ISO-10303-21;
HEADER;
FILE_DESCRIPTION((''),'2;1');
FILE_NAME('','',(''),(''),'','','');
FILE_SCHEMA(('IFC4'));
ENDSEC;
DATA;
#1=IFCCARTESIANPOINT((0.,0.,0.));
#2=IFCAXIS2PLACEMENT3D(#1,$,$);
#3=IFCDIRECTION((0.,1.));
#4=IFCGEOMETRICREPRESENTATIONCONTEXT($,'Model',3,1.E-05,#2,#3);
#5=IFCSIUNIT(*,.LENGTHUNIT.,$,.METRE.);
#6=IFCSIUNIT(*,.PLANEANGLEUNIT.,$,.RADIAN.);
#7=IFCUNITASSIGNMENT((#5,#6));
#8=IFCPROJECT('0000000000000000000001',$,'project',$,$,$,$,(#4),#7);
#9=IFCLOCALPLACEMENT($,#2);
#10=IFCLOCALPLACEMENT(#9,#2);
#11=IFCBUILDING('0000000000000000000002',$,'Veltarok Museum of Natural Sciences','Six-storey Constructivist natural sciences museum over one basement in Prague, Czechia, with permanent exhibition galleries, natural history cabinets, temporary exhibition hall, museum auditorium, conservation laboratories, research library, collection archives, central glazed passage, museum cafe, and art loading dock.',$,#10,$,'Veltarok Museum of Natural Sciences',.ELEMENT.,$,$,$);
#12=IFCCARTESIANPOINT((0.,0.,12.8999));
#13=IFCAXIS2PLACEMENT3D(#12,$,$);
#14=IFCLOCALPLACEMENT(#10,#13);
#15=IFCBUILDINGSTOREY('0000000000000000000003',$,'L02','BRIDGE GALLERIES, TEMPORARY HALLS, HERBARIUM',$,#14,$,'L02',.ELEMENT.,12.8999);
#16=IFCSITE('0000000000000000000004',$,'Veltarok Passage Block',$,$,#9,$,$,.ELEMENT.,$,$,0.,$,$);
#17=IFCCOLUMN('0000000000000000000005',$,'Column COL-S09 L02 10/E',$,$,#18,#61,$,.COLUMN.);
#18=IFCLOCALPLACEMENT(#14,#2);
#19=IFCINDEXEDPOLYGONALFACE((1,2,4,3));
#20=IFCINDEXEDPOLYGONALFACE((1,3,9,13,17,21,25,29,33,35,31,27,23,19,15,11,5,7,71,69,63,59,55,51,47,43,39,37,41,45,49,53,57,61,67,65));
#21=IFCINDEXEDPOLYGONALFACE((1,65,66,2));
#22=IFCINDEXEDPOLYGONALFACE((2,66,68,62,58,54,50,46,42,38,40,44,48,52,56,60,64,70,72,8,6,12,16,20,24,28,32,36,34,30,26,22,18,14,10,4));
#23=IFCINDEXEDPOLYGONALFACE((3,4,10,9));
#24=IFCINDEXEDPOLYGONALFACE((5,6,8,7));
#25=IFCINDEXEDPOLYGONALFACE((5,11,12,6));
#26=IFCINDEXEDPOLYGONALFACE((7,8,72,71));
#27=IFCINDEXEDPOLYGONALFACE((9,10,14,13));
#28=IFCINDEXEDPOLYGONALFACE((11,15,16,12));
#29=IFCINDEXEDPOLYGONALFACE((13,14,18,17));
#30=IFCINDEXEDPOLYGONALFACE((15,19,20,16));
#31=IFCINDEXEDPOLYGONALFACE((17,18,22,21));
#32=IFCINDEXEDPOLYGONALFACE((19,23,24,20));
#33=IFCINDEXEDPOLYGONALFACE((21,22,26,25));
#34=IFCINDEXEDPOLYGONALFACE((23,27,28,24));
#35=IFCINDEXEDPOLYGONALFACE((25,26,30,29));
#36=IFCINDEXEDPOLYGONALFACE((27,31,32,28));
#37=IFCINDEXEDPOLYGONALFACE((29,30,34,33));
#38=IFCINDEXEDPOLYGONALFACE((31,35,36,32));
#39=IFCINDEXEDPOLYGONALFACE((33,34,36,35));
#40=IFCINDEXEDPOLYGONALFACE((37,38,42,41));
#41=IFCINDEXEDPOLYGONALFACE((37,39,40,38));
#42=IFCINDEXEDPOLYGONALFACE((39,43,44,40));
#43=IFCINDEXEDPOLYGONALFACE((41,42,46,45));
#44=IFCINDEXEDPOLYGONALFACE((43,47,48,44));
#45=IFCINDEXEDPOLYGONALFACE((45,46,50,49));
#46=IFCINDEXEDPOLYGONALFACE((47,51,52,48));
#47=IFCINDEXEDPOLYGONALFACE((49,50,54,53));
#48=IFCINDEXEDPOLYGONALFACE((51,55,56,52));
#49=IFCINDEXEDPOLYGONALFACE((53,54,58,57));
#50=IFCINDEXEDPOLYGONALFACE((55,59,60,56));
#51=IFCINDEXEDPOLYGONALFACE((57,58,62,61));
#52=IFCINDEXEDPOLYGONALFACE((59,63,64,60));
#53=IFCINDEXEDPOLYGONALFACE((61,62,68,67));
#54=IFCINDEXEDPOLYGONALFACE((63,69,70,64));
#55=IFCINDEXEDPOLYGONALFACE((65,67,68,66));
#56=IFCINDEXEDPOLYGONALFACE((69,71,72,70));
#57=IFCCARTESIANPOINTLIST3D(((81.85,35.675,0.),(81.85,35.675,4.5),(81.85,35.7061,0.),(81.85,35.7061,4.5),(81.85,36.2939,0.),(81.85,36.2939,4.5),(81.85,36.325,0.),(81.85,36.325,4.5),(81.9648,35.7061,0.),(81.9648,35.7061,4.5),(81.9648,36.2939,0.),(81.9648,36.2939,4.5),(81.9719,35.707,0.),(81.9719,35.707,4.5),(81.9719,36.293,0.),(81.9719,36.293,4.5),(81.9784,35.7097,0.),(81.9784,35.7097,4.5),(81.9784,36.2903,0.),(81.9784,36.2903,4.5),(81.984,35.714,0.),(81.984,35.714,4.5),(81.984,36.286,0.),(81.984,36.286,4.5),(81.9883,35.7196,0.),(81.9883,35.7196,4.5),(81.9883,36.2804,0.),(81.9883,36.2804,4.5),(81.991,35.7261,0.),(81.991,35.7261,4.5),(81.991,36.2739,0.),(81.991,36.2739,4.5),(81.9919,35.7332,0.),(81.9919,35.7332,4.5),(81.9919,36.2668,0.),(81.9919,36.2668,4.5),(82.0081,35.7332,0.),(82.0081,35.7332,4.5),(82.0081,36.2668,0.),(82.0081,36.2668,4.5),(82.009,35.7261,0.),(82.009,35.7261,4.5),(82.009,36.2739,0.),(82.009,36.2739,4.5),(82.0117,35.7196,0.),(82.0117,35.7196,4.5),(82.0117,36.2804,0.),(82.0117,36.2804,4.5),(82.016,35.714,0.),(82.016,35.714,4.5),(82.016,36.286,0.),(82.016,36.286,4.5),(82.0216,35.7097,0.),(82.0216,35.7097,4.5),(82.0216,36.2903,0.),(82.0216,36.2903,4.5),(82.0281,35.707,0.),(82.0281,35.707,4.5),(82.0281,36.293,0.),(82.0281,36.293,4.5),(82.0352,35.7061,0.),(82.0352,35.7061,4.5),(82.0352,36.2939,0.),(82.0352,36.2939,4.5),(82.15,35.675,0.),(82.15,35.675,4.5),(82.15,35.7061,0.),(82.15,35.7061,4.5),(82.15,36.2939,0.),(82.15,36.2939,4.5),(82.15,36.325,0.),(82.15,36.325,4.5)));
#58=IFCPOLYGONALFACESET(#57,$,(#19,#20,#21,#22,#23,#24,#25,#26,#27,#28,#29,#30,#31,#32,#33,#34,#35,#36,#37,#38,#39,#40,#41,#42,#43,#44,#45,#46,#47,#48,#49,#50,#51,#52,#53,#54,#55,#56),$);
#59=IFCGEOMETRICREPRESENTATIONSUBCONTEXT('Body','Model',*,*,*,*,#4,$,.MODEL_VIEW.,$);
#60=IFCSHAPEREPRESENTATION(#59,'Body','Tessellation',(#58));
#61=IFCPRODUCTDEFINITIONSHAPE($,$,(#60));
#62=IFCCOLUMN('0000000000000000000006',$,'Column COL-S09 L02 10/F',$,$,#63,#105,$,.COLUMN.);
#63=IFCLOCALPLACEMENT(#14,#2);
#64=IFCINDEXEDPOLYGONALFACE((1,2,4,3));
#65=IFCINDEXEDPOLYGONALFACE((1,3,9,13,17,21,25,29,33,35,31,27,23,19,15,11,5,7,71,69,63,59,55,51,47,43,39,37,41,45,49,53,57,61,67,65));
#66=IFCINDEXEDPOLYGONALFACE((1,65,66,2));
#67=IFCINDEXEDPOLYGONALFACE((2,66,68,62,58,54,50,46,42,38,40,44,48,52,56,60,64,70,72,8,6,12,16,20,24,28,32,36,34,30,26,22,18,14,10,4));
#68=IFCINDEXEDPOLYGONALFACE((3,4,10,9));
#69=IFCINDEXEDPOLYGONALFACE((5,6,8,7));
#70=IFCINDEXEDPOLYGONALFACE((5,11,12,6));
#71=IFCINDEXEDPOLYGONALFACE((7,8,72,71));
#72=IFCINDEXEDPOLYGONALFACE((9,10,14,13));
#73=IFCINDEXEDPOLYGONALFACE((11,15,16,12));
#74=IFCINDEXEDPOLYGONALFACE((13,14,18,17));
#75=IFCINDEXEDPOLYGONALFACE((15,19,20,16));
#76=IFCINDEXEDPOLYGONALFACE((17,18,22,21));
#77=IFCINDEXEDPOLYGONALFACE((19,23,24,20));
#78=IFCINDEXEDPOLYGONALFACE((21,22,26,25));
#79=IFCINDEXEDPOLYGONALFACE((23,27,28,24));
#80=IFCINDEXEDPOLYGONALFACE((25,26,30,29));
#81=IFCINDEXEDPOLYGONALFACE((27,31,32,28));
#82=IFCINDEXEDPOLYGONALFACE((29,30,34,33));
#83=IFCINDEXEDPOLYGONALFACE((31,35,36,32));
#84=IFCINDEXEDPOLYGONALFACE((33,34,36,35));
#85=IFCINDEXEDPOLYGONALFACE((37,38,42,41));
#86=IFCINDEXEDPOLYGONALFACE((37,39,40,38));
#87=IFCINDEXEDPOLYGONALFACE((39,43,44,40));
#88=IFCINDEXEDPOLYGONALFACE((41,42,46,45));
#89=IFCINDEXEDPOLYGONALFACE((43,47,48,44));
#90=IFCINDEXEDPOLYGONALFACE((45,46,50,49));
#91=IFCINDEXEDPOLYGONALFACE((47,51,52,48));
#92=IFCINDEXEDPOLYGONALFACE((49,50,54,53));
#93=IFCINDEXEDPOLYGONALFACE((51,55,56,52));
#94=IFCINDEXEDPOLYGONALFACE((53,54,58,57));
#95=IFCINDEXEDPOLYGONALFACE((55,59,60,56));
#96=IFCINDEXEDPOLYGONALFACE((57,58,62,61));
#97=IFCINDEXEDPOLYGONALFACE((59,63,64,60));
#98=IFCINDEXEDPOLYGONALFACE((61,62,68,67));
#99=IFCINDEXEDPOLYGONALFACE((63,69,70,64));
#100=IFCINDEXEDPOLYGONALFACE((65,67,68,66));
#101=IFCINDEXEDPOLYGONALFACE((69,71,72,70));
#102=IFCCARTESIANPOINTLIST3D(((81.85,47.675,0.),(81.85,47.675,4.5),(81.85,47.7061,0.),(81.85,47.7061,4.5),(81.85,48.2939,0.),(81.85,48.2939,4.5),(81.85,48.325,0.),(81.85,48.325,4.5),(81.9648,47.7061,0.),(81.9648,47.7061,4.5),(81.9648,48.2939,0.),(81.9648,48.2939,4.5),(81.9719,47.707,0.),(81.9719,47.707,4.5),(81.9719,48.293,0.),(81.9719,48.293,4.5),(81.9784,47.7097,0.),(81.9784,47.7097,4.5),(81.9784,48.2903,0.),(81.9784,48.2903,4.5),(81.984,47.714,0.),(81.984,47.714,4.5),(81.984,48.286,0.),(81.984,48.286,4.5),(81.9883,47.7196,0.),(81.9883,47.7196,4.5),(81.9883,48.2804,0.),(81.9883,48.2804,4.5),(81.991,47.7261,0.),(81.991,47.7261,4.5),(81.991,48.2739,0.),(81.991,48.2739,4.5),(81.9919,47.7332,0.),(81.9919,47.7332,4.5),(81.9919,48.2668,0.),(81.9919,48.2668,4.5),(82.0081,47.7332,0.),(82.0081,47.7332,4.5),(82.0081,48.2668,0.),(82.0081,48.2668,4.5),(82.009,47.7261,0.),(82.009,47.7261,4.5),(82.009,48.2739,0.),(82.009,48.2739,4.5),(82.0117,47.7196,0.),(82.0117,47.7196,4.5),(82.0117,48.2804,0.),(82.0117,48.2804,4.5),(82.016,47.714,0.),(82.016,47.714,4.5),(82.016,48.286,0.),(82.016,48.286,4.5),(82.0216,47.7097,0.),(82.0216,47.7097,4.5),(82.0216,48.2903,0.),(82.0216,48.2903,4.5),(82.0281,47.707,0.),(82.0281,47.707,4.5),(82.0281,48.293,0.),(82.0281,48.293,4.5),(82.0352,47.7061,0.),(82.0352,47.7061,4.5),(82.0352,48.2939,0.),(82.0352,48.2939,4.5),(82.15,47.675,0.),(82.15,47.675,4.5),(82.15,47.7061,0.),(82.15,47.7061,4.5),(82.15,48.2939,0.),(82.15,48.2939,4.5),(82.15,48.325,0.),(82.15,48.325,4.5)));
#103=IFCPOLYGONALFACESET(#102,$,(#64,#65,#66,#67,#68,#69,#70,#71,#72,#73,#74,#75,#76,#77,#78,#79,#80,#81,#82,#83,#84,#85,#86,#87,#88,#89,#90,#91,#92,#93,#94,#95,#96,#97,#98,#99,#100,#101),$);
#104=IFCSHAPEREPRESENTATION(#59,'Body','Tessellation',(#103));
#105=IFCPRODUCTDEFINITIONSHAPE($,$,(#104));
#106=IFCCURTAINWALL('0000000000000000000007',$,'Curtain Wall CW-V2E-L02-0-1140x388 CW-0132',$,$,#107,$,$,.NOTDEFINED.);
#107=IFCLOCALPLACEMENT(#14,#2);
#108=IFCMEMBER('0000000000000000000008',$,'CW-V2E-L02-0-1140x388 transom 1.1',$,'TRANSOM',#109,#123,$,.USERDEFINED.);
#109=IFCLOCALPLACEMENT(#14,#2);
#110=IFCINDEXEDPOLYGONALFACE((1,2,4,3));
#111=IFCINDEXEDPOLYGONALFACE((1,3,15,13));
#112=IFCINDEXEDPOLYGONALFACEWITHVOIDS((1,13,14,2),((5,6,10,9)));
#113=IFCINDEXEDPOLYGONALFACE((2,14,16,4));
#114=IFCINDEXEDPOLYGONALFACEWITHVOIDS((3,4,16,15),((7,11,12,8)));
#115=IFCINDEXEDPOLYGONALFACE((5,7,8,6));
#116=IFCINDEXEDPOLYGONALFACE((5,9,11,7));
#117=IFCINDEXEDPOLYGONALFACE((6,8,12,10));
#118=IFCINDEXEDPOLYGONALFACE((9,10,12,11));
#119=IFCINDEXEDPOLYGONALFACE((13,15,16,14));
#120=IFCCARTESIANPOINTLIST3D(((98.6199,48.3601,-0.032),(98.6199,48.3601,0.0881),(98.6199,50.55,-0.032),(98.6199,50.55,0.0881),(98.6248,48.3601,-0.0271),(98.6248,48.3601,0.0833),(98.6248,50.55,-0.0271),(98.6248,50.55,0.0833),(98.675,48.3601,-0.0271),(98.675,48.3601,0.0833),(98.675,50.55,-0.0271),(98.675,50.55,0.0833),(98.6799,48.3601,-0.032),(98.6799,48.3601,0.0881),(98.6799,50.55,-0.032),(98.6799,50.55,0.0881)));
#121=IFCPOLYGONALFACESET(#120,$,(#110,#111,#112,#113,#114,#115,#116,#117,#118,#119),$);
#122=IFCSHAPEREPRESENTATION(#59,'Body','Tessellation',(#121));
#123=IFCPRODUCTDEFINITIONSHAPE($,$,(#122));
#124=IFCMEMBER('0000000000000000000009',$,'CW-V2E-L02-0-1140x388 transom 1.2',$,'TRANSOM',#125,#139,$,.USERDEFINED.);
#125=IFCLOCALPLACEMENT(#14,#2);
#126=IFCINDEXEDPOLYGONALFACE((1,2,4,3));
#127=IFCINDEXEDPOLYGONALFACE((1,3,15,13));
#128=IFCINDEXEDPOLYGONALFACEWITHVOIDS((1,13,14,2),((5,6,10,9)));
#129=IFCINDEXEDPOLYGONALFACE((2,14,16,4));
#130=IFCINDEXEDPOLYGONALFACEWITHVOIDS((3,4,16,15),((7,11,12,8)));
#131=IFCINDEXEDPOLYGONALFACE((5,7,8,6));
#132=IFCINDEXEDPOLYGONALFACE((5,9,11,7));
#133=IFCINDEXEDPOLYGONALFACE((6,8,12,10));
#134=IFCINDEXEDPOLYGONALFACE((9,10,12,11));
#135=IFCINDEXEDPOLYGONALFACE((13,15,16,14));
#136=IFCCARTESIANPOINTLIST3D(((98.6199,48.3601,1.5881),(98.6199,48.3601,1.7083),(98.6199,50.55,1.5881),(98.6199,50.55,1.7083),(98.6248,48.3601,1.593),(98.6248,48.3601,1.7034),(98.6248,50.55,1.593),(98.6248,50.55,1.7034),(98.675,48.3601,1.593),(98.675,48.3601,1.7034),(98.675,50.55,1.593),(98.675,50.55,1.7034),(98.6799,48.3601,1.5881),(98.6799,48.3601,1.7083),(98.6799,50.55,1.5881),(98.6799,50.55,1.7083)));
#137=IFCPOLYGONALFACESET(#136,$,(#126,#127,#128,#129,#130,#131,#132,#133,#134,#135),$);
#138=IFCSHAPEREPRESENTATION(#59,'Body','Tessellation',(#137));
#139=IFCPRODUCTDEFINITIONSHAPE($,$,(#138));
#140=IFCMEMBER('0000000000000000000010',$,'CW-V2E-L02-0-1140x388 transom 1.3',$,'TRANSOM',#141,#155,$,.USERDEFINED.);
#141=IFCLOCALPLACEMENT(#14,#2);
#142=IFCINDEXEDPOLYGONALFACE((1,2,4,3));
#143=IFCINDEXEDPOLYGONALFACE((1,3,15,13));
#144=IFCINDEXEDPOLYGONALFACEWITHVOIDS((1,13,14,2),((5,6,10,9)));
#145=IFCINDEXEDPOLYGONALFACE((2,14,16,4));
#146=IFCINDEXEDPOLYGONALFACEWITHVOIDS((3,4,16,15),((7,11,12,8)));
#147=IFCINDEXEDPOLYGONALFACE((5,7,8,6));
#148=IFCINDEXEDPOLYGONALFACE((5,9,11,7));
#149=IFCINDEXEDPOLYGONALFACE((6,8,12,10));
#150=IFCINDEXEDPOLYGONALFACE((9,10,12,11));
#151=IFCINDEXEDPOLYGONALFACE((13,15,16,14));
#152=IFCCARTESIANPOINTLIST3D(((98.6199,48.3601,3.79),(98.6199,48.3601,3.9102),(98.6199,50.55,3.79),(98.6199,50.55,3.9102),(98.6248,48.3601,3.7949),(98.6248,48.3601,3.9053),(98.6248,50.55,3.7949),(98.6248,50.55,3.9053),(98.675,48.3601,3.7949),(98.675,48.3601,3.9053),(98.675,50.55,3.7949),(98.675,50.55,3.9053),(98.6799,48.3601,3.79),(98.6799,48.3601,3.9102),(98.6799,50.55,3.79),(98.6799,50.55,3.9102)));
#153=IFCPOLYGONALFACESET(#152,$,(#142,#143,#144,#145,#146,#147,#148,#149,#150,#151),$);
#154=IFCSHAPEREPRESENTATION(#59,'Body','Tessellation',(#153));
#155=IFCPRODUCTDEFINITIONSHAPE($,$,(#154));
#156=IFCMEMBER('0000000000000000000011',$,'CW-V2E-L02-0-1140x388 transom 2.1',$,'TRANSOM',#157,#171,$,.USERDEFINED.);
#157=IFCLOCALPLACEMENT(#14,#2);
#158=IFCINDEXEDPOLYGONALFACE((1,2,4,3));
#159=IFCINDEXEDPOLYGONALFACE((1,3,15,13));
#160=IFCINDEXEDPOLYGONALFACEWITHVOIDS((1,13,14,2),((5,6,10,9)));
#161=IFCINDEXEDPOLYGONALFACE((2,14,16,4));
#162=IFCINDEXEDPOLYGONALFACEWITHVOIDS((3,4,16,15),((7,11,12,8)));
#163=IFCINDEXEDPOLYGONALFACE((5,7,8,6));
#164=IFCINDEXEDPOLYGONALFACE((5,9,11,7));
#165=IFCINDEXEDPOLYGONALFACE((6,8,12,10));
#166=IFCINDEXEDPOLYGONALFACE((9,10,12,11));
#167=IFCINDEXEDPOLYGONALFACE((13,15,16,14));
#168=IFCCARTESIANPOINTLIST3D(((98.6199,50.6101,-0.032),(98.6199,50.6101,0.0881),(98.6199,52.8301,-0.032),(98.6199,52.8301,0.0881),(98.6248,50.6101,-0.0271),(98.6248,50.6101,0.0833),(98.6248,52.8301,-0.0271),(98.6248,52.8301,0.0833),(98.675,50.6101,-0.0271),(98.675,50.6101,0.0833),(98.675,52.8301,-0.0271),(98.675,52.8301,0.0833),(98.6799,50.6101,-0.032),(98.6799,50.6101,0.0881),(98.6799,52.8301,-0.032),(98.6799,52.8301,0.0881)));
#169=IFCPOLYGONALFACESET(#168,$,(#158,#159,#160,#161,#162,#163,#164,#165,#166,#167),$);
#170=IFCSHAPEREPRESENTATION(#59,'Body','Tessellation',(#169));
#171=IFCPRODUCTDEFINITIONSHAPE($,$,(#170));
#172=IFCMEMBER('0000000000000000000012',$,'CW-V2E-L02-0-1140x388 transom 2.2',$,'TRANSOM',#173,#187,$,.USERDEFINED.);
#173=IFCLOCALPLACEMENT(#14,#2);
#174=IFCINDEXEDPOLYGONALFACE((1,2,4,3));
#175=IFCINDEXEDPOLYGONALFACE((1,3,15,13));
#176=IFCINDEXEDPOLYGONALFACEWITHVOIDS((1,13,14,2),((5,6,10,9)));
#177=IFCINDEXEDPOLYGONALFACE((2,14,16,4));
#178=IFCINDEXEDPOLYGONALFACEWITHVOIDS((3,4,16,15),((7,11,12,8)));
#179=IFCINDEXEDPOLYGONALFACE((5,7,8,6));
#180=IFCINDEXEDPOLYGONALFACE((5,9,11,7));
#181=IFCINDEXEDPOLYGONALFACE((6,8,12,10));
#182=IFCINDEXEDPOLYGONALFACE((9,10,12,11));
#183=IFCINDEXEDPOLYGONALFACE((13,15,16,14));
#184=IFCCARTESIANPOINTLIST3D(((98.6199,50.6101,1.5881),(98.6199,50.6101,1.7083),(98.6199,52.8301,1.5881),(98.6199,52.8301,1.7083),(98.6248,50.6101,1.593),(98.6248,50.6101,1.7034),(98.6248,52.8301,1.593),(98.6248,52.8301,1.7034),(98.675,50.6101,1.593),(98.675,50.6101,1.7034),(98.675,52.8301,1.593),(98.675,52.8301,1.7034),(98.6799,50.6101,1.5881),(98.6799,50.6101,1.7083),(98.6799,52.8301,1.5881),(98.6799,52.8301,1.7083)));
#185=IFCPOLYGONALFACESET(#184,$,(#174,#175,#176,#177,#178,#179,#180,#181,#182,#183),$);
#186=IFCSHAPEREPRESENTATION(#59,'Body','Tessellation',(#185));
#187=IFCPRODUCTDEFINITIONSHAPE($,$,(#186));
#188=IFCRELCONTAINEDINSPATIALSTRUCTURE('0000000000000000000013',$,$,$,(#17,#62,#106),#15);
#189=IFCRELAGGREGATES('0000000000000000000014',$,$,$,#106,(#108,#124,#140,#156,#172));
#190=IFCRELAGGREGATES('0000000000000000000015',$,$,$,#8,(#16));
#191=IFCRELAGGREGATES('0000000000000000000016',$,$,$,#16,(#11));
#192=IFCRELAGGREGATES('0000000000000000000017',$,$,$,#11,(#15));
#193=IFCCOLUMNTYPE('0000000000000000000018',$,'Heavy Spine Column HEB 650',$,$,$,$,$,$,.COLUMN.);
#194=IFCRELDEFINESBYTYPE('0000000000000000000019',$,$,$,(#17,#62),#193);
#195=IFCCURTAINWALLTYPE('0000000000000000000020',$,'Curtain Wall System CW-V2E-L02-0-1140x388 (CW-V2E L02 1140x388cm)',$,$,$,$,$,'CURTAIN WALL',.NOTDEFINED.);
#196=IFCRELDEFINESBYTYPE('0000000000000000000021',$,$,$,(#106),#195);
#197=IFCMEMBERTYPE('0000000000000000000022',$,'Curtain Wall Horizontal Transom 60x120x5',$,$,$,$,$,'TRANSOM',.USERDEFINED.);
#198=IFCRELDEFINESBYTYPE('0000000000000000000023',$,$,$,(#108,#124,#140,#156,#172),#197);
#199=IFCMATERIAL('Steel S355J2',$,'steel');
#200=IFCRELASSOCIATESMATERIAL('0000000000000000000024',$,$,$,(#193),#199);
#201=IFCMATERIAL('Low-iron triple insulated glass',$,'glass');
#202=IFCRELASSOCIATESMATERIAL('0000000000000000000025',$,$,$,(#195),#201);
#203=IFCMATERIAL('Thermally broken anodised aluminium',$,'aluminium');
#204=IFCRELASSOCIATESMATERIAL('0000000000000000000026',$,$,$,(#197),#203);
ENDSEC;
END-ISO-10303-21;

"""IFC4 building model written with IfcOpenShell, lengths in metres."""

from ifc_helpers import new_model, si_unit, direction, frame, origin, origin_2d, place, context, subcontext, project, spatial, hollow_rectangle, i_section, extrude, material, material_profile, profile_set, type_object, element, aggregate, save


model = new_model("IFC4")

# Units and contexts
model_context = context("Model", 3, precision=1e-05, world=origin(), true_north=direction((0.0, 1.0)))
body_context = subcontext(model_context, "Body", "Model", "MODEL_VIEW")
ifc_project = project(units=[si_unit("LENGTHUNIT", "METRE"), si_unit("PLANEANGLEUNIT", "RADIAN")], contexts=[model_context])

# Site, building, storey
site_placement = place(None, origin())
site = spatial("IfcSite", under=ifc_project, at=site_placement, Name="Veltarok Passage Block", CompositionType="ELEMENT", RefElevation=0.0)
building_placement = place(site_placement, origin())
building = spatial("IfcBuilding", under=site, at=building_placement, Name="Veltarok Museum of Natural Sciences", Description="Six-storey Constructivist natural sciences museum over one basement in Prague, Czechia, with permanent exhibition galleries, natural history cabinets, temporary exhibition hall, museum auditorium, conservation laboratories, research library, collection archives, central glazed passage, museum cafe, and art loading dock.", LongName="Veltarok Museum of Natural Sciences", CompositionType="ELEMENT")
storey_placement = place(building_placement, frame((0.0, 0.0, 12.8999)))
storey = spatial("IfcBuildingStorey", under=building, at=storey_placement, Name="L02", Description="BRIDGE GALLERIES, TEMPORARY HALLS, HERBARIUM", LongName="L02", CompositionType="ELEMENT", Elevation=12.8999)

# Columns
ifc_material_1 = material(Name="Steel S355J2", Category="steel")
ifc_material_profile_1 = material_profile(ifc_material_1, i_section(OverallWidth=0.3, OverallDepth=0.6499, WebThickness=0.0161, FlangeThickness=0.031, FilletRadius=0.0271, at=origin_2d()), Name="HEB 650")
ifc_profile_set_1 = profile_set([ifc_material_profile_1], Name="Steel S355J2")
column_type_1 = type_object("IfcColumnType", Name="Heavy Spine Column HEB 650", PredefinedType="COLUMN", material=ifc_profile_set_1)
for number, where, z_axis, x_axis, name in (
    (1, (82.0, 36.0, 0.0), (0.0, 0.0, 1.0), (1.0, 0.0, 0.0), "Column COL-S09 L02 10/E"),
    (2, (82.0, 48.0, 0.0), (0.0, 0.0, 1.0), (1.0, 0.0, 0.0), "Column COL-S09 L02 10/F"),
):
    element("IfcColumn", number, at=place(storey_placement, frame(where, z_axis=z_axis, x_axis=x_axis)), inside=storey, type_object=column_type_1, Name=name, PredefinedType="COLUMN", context=body_context, shape_type="SweptSolid", body=[
        extrude(i_section(OverallWidth=0.3, OverallDepth=0.6499, WebThickness=0.0161, FlangeThickness=0.031, FilletRadius=0.0271, at=origin_2d()), origin(), (0.0, 0.0, 1.0), 4.5),
    ])

# Curtain wall, members
ifc_material_2 = material(Name="Low-iron triple insulated glass", Category="glass")
curtain_wall_type = type_object("IfcCurtainWallType", Name="Curtain Wall System CW-V2E-L02-0-1140x388 (CW-V2E L02 1140x388cm)", ElementType="CURTAIN WALL", PredefinedType="NOTDEFINED", material=ifc_material_2)
curtain_wall_placement = place(storey_placement, origin())
curtain_wall = element("IfcCurtainWall", 3, at=curtain_wall_placement, inside=storey, type_object=curtain_wall_type, Name="Curtain Wall CW-V2E-L02-0-1140x388 CW-0132", PredefinedType="NOTDEFINED")
ifc_material_3 = material(Name="Thermally broken anodised aluminium", Category="aluminium")
ifc_material_profile_2 = material_profile(ifc_material_3, hollow_rectangle(XDim=0.0601, YDim=0.1201, WallThickness=0.0049, at=origin_2d()), Name="CW TRANSOM 60x120x5")
ifc_profile_set_2 = profile_set([ifc_material_profile_2], Name="Thermally broken anodised aluminium")
member_type_1 = type_object("IfcMemberType", Name="Curtain Wall Horizontal Transom 60x120x5", ElementType="TRANSOM", PredefinedType="USERDEFINED", material=ifc_profile_set_2)
member_1_placement = place(storey_placement, frame((98.6499, 48.3601, 0.0281), z_axis=(0.0, 1.0, 0.0), x_axis=(-1.0, 0.0, 0.0)))
member_1 = element("IfcMember", 4, at=member_1_placement, type_object=member_type_1, Name="CW-V2E-L02-0-1140x388 transom 1.1", ObjectType="TRANSOM", PredefinedType="USERDEFINED", context=body_context, shape_type="SweptSolid", body=[
    extrude(hollow_rectangle(XDim=0.0601, YDim=0.1201, WallThickness=0.0049, at=origin_2d()), origin(), (0.0, 0.0, 1.0), 2.1899),
])
member_2_placement = place(storey_placement, frame((98.6499, 48.3601, 1.6482), z_axis=(0.0, 1.0, 0.0), x_axis=(-1.0, 0.0, 0.0)))
member_2 = element("IfcMember", 5, at=member_2_placement, type_object=member_type_1, Name="CW-V2E-L02-0-1140x388 transom 1.2", ObjectType="TRANSOM", PredefinedType="USERDEFINED", context=body_context, shape_type="SweptSolid", body=[
    extrude(hollow_rectangle(XDim=0.0601, YDim=0.1201, WallThickness=0.0049, at=origin_2d()), origin(), (0.0, 0.0, 1.0), 2.1899),
])
member_3_placement = place(storey_placement, frame((98.6499, 48.3601, 3.8501), z_axis=(0.0, 1.0, 0.0), x_axis=(-1.0, 0.0, 0.0)))
member_3 = element("IfcMember", 6, at=member_3_placement, type_object=member_type_1, Name="CW-V2E-L02-0-1140x388 transom 1.3", ObjectType="TRANSOM", PredefinedType="USERDEFINED", context=body_context, shape_type="SweptSolid", body=[
    extrude(hollow_rectangle(XDim=0.0601, YDim=0.1201, WallThickness=0.0049, at=origin_2d()), origin(), (0.0, 0.0, 1.0), 2.1899),
])
member_4_placement = place(storey_placement, frame((98.6499, 50.6101, 0.0281), z_axis=(0.0, 1.0, 0.0), x_axis=(-1.0, 0.0, 0.0)))
member_4 = element("IfcMember", 7, at=member_4_placement, type_object=member_type_1, Name="CW-V2E-L02-0-1140x388 transom 2.1", ObjectType="TRANSOM", PredefinedType="USERDEFINED", context=body_context, shape_type="SweptSolid", body=[
    extrude(hollow_rectangle(XDim=0.0601, YDim=0.1201, WallThickness=0.0049, at=origin_2d()), origin(), (0.0, 0.0, 1.0), 2.22),
])
member_5_placement = place(storey_placement, frame((98.6499, 50.6101, 1.6482), z_axis=(0.0, 1.0, 0.0), x_axis=(-1.0, 0.0, 0.0)))
member_5 = element("IfcMember", 8, at=member_5_placement, type_object=member_type_1, Name="CW-V2E-L02-0-1140x388 transom 2.2", ObjectType="TRANSOM", PredefinedType="USERDEFINED", context=body_context, shape_type="SweptSolid", body=[
    extrude(hollow_rectangle(XDim=0.0601, YDim=0.1201, WallThickness=0.0049, at=origin_2d()), origin(), (0.0, 0.0, 1.0), 2.22),
])

aggregate(curtain_wall, [member_1, member_2, member_3, member_4, member_5])

save(model, "model.ifc")
